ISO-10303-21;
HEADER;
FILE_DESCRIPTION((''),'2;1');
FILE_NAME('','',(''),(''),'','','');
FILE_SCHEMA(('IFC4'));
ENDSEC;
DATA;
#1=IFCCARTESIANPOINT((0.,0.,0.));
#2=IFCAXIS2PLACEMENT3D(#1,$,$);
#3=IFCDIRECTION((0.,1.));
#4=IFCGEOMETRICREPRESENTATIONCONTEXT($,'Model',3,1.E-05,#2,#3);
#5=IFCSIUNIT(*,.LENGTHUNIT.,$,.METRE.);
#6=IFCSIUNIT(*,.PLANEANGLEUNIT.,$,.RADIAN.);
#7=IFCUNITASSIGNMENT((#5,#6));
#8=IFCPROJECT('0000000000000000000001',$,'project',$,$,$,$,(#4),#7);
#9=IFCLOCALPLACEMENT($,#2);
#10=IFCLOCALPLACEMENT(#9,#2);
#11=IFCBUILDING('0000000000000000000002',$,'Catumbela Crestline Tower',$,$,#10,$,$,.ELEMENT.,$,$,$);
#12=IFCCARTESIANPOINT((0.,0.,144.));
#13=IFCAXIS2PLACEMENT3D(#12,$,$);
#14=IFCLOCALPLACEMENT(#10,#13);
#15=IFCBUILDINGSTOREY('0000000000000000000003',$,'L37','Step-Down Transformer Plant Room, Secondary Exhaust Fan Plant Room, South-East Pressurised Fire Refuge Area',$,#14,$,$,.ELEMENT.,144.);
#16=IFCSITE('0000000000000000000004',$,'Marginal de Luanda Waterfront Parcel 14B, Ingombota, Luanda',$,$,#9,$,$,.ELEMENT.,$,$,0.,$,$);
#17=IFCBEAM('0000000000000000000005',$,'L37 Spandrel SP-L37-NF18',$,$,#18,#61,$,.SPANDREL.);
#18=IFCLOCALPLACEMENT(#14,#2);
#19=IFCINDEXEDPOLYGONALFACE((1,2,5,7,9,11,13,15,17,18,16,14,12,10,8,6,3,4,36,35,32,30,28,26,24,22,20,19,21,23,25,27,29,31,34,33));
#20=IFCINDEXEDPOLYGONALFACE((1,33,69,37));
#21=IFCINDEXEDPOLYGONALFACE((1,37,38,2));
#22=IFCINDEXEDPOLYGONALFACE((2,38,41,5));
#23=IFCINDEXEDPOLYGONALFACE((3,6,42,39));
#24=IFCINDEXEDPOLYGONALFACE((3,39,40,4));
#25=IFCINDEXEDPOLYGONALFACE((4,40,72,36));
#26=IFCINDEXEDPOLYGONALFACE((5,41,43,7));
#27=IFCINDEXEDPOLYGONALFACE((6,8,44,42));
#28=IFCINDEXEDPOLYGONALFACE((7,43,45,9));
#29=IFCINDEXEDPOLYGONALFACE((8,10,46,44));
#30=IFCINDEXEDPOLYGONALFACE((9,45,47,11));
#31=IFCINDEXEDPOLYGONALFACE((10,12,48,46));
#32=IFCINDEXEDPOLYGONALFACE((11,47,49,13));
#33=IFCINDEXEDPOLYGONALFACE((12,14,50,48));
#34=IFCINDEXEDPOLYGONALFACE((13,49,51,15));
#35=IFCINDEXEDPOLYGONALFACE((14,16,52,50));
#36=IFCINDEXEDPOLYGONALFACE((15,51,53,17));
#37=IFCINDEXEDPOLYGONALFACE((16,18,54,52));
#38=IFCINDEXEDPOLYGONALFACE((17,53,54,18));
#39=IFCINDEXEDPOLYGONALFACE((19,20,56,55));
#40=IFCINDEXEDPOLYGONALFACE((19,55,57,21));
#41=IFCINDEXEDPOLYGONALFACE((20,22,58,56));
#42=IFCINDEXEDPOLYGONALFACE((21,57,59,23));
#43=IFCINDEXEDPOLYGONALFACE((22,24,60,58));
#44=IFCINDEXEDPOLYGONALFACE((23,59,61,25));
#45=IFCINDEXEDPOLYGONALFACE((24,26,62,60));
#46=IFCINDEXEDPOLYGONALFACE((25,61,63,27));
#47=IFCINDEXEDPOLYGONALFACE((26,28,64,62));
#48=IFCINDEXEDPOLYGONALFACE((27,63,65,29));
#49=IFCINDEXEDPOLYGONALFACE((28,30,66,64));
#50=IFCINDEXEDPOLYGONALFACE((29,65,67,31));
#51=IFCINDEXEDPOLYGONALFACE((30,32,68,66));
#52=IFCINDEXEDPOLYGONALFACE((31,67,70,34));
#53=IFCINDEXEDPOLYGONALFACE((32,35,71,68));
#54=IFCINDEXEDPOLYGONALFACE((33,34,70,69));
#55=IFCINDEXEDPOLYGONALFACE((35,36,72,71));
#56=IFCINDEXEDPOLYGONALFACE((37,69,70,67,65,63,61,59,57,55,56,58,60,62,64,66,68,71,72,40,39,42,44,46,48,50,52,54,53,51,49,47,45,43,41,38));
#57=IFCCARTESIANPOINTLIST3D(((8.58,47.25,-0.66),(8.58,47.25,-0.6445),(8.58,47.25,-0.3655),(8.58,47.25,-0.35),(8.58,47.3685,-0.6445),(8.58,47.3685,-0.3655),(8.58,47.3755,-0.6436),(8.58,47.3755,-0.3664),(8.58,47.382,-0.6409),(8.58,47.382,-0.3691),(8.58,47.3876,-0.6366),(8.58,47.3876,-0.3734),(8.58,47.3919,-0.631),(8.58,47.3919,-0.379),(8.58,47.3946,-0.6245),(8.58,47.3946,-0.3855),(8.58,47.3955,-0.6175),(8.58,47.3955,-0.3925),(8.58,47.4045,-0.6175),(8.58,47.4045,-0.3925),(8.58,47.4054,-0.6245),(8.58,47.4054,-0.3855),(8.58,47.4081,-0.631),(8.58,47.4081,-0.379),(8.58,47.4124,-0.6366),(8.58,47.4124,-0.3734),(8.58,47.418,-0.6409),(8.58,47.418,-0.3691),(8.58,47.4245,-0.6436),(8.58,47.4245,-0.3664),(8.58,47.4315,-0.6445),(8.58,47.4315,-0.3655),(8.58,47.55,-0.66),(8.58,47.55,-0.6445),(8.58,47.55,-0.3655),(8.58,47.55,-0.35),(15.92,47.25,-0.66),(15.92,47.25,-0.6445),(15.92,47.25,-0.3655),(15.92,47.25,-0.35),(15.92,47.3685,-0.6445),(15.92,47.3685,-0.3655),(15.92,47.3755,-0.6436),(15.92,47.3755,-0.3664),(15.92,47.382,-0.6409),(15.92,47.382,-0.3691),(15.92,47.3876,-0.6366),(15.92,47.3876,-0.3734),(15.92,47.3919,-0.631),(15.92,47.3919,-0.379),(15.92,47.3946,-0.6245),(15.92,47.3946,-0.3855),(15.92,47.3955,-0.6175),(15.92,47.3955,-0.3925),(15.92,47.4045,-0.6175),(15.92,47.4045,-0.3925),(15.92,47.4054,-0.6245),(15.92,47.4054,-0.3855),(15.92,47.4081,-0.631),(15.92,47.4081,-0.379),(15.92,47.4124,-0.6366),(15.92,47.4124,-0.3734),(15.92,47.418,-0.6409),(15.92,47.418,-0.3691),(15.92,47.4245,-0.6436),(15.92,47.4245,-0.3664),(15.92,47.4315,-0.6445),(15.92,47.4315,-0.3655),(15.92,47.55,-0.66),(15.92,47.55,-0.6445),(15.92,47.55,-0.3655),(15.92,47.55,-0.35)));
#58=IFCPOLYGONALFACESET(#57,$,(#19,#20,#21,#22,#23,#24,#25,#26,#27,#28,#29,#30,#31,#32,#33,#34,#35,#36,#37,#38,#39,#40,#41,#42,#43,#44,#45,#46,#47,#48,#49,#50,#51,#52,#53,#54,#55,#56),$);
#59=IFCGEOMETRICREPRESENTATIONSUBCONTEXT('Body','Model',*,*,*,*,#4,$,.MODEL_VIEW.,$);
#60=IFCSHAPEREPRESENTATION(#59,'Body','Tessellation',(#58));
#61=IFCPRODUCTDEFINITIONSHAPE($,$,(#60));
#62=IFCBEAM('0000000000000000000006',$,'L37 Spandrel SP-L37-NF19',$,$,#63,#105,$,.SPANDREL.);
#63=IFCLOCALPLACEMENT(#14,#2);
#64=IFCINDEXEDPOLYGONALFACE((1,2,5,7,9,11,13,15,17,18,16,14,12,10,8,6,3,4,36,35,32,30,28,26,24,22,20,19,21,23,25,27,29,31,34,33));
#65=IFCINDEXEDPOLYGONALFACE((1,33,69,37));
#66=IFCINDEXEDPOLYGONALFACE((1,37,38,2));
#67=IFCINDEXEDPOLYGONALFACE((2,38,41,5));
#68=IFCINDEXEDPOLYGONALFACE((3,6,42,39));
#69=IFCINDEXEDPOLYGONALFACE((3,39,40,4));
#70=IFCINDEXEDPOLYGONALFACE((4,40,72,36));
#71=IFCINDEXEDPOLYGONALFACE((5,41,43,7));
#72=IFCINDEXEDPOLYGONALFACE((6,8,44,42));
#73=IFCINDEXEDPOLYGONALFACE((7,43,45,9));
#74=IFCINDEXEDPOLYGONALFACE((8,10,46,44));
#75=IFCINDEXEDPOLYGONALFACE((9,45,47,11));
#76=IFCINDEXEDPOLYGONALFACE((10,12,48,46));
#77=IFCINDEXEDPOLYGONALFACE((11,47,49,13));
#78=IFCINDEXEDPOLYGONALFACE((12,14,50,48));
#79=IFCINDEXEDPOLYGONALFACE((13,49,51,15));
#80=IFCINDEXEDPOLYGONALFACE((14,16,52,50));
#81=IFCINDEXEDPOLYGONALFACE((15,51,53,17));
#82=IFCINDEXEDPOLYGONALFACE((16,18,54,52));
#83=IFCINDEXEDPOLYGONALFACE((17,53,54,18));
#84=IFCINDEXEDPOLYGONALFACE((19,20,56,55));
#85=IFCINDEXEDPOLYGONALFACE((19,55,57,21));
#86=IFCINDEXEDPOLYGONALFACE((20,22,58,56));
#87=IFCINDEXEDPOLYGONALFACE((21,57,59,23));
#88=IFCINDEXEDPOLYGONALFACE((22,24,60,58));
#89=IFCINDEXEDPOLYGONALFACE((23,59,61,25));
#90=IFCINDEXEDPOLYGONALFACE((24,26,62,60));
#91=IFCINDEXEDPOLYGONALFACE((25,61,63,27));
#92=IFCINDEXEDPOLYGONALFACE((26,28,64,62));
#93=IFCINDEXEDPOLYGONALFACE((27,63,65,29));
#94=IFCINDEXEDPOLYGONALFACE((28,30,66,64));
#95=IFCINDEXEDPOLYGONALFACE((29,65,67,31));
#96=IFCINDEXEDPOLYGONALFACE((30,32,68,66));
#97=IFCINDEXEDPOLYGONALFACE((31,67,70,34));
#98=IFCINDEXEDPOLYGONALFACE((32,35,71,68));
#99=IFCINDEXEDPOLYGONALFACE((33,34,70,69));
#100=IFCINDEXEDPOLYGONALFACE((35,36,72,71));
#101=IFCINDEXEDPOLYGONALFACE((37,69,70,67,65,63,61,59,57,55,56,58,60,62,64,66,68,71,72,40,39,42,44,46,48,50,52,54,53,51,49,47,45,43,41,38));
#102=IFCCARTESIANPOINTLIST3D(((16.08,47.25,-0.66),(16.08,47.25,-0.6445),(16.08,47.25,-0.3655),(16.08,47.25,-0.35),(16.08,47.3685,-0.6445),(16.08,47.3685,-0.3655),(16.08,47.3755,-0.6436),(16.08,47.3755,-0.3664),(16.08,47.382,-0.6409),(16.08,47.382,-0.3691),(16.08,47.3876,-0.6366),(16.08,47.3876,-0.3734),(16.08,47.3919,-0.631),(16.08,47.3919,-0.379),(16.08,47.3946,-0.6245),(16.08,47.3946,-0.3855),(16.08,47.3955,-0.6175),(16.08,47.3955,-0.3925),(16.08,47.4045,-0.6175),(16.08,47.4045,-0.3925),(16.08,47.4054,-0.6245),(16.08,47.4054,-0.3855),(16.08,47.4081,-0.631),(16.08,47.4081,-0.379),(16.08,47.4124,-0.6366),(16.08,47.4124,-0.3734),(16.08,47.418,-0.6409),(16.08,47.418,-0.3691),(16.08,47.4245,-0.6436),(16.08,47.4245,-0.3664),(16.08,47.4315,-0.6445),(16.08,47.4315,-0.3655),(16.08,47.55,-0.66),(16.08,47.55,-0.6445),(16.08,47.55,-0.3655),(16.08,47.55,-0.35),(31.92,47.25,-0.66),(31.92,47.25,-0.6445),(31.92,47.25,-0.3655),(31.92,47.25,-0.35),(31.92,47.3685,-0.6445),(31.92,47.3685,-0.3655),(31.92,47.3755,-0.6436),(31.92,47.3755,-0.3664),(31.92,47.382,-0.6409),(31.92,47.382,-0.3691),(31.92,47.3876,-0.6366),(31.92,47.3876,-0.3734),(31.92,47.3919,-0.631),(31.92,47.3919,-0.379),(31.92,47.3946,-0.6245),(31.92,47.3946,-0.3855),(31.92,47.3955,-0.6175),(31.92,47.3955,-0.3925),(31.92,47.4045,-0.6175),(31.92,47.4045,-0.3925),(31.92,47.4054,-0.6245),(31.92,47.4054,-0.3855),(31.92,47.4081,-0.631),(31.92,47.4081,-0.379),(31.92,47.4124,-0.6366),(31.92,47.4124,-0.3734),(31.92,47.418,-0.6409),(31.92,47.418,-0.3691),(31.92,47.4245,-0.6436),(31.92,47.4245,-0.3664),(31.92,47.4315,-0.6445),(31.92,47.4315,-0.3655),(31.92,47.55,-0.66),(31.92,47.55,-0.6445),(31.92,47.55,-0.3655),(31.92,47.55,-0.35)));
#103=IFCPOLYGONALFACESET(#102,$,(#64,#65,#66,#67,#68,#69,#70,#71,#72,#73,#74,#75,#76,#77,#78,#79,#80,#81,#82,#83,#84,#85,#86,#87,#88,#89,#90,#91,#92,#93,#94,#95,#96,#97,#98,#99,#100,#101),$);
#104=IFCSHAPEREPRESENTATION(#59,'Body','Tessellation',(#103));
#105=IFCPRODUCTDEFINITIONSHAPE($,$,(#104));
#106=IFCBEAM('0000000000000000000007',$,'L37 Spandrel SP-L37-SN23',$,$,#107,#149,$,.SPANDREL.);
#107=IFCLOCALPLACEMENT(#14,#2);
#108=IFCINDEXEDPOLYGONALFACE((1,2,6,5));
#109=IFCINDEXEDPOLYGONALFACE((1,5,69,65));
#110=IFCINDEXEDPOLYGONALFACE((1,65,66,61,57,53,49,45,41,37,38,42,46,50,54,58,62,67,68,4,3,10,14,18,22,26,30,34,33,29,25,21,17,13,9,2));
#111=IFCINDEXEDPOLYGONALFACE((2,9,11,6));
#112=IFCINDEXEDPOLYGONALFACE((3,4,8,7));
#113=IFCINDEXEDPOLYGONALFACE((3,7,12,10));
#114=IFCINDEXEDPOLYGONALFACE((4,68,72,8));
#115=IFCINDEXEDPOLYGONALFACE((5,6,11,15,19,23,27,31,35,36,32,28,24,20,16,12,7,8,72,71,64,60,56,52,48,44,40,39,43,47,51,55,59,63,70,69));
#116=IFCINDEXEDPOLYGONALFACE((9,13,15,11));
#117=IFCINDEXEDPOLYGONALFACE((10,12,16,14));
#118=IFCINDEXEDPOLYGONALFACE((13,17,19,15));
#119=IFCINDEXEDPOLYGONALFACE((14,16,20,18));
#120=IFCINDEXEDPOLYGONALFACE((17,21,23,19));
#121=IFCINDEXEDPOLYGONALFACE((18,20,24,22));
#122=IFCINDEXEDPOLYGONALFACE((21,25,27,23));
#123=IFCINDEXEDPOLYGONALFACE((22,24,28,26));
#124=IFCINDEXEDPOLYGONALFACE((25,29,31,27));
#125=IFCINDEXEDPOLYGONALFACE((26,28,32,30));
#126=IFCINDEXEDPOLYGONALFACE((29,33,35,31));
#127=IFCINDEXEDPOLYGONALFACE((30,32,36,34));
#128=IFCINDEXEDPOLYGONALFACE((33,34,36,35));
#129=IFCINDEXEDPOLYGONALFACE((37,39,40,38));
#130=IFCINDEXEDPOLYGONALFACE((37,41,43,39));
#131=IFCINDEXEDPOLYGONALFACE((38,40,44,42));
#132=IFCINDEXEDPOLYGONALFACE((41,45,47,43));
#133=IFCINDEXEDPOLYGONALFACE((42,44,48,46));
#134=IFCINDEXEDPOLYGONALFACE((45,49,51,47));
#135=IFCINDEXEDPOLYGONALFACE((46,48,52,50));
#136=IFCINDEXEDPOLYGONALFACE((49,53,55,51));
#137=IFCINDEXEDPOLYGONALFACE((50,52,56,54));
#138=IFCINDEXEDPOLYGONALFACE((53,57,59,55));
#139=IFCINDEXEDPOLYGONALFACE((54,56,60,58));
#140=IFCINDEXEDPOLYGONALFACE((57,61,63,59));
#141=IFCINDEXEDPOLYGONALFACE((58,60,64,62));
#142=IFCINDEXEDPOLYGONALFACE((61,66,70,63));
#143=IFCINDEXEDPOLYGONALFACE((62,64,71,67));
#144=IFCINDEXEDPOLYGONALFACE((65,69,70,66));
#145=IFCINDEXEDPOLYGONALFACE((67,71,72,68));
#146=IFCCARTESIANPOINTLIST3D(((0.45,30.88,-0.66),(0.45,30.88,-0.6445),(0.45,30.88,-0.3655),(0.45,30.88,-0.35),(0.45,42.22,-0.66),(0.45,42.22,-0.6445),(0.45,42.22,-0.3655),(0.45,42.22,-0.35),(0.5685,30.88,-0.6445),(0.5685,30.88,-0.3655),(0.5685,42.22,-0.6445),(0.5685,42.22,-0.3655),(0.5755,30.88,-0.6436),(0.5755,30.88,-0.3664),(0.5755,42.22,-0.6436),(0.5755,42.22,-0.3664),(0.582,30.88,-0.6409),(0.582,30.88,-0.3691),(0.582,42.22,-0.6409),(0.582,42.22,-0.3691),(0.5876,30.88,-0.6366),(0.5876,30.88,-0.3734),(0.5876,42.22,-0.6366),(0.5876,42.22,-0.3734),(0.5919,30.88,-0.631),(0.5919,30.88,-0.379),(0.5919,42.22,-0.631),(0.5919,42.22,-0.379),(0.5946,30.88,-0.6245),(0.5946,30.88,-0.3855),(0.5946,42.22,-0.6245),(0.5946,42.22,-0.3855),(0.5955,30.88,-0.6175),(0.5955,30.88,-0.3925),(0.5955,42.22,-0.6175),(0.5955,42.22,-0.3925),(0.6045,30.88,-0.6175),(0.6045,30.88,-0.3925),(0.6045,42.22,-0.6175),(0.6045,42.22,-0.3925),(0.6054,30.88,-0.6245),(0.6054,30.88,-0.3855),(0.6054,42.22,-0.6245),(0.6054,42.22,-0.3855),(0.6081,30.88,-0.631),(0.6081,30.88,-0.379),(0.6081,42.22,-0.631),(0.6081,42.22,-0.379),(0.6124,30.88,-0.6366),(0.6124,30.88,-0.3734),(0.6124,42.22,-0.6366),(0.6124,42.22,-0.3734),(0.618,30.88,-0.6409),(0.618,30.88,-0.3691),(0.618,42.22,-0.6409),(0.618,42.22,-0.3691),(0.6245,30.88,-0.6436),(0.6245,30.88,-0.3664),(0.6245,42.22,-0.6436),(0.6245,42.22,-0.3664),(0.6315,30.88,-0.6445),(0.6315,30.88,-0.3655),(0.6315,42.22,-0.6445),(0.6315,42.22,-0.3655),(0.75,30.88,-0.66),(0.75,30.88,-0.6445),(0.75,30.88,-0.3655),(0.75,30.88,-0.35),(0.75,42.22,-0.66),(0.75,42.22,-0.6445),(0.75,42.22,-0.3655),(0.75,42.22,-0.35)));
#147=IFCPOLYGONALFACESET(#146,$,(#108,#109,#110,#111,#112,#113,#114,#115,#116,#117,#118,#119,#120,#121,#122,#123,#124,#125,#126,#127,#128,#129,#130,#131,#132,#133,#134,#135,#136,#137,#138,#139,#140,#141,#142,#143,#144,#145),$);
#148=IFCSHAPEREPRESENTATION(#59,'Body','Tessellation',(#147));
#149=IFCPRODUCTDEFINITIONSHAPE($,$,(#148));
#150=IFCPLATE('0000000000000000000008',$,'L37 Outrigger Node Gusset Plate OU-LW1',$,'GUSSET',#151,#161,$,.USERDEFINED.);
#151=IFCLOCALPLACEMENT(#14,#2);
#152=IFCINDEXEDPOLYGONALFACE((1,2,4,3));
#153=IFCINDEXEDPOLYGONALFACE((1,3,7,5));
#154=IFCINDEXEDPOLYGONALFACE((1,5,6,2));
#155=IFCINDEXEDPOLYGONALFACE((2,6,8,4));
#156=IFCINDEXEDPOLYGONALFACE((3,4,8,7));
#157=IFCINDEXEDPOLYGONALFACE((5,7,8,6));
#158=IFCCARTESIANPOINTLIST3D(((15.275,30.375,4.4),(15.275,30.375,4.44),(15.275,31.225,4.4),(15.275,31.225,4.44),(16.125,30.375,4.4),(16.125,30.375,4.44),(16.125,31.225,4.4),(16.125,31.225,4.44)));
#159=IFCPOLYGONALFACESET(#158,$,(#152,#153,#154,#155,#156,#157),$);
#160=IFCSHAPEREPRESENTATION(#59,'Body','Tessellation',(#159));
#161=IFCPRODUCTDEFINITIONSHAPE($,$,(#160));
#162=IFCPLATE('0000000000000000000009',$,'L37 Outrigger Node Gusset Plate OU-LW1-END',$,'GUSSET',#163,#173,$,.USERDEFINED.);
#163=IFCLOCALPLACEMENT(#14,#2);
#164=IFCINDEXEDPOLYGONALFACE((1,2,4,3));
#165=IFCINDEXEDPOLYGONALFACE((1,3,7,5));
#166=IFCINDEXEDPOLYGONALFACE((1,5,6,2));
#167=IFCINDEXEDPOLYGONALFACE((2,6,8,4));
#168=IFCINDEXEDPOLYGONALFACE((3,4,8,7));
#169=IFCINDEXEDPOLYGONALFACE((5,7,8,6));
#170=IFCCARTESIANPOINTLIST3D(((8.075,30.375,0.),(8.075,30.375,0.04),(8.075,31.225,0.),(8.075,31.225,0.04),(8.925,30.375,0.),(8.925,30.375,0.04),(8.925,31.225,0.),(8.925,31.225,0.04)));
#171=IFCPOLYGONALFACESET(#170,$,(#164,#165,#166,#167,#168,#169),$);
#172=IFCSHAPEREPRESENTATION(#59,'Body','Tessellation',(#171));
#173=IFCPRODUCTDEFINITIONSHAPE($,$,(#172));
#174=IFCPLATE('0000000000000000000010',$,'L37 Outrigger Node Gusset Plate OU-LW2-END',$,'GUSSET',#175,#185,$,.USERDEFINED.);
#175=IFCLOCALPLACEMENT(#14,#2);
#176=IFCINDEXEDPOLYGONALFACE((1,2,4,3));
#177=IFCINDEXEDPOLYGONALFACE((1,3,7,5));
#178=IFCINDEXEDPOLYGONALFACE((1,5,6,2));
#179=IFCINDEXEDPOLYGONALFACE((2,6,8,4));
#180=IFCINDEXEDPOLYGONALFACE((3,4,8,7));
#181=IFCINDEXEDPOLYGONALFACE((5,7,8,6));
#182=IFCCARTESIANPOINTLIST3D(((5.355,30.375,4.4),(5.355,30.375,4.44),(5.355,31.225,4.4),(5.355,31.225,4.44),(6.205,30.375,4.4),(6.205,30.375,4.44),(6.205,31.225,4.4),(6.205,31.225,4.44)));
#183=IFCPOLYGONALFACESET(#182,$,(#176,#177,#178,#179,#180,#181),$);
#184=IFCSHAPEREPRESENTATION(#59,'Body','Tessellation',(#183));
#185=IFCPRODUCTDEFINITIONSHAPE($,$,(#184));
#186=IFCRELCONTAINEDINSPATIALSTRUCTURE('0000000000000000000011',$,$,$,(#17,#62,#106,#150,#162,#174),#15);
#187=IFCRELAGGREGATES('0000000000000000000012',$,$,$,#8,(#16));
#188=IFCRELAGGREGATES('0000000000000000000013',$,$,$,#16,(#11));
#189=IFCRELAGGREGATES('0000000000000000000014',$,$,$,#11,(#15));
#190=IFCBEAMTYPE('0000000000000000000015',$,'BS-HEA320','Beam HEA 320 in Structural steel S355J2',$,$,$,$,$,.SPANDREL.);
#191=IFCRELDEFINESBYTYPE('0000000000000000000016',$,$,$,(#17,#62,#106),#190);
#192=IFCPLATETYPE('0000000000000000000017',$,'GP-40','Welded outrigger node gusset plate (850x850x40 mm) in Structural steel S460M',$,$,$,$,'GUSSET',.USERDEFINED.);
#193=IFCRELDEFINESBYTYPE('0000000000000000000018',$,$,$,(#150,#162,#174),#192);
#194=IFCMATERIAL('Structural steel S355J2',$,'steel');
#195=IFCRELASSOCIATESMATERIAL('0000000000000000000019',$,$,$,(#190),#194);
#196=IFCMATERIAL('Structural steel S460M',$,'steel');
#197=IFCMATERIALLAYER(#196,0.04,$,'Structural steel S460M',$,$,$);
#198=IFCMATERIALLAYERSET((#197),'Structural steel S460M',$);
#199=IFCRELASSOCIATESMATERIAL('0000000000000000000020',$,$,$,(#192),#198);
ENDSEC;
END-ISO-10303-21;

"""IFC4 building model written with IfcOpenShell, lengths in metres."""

from ifc_helpers import new_model, si_unit, direction, frame, origin, origin_2d, place, context, subcontext, project, spatial, rectangle, i_section, extrude, material, layer, layer_set, material_profile, profile_set, type_object, element, save


model = new_model("IFC4")

# Units and contexts
model_context = context("Model", 3, precision=1e-05, world=origin(), true_north=direction((0.0, 1.0)))
body_context = subcontext(model_context, "Body", "Model", "MODEL_VIEW")
ifc_project = project(units=[si_unit("LENGTHUNIT", "METRE"), si_unit("PLANEANGLEUNIT", "RADIAN")], contexts=[model_context])

# Site, building, storey
site_placement = place(None, origin())
site = spatial("IfcSite", under=ifc_project, at=site_placement, Name="Marginal de Luanda Waterfront Parcel 14B, Ingombota, Luanda", CompositionType="ELEMENT", RefElevation=0.0)
building_placement = place(site_placement, origin())
building = spatial("IfcBuilding", under=site, at=building_placement, Name="Catumbela Crestline Tower", CompositionType="ELEMENT")
storey_placement = place(building_placement, frame((0.0, 0.0, 144.0)))
storey = spatial("IfcBuildingStorey", under=building, at=storey_placement, Name="L37", Description="Step-Down Transformer Plant Room, Secondary Exhaust Fan Plant Room, South-East Pressurised Fire Refuge Area", CompositionType="ELEMENT", Elevation=144.0)

# Shared definitions
ifc_material_1 = material(Name="Structural steel S460M", Category="steel")

# Shared definitions
ifc_material_2 = material(Name="Structural steel S355J2", Category="steel")

# Beams
ifc_material_profile_1 = material_profile(ifc_material_2, i_section(OverallWidth=0.3, OverallDepth=0.31, WebThickness=0.009, FlangeThickness=0.0155, FilletRadius=0.027, at=origin_2d()), Name="HEA 320")
ifc_profile_set_1 = profile_set([ifc_material_profile_1], Name="Structural steel S355J2")
beam_type_1 = type_object("IfcBeamType", Name="BS-HEA320", Description="Beam HEA 320 in Structural steel S355J2", PredefinedType="SPANDREL", material=ifc_profile_set_1)
beam_1_placement = place(storey_placement, frame((8.58, 47.4, -0.505), z_axis=(1.0, 0.0, 0.0), x_axis=(0.0, 1.0, 0.0)))
element("IfcBeam", 1, at=beam_1_placement, inside=storey, type_object=beam_type_1, Name="L37 Spandrel SP-L37-NF18", PredefinedType="SPANDREL", context=body_context, shape_type="SweptSolid", body=[
    extrude(i_section(OverallWidth=0.3, OverallDepth=0.31, WebThickness=0.009, FlangeThickness=0.0155, FilletRadius=0.027, at=origin_2d()), origin(), (0.0, 0.0, 1.0), 7.34),
])
beam_2_placement = place(storey_placement, frame((16.08, 47.4, -0.505), z_axis=(1.0, 0.0, 0.0), x_axis=(0.0, 1.0, 0.0)))
element("IfcBeam", 2, at=beam_2_placement, inside=storey, type_object=beam_type_1, Name="L37 Spandrel SP-L37-NF19", PredefinedType="SPANDREL", context=body_context, shape_type="SweptSolid", body=[
    extrude(i_section(OverallWidth=0.3, OverallDepth=0.31, WebThickness=0.009, FlangeThickness=0.0155, FilletRadius=0.027, at=origin_2d()), origin(), (0.0, 0.0, 1.0), 15.84),
])
beam_3_placement = place(storey_placement, frame((0.6, 30.88, -0.505), z_axis=(0.0, 1.0, 0.0), x_axis=(-1.0, 0.0, 0.0)))
element("IfcBeam", 3, at=beam_3_placement, inside=storey, type_object=beam_type_1, Name="L37 Spandrel SP-L37-SN23", PredefinedType="SPANDREL", context=body_context, shape_type="SweptSolid", body=[
    extrude(i_section(OverallWidth=0.3, OverallDepth=0.31, WebThickness=0.009, FlangeThickness=0.0155, FilletRadius=0.027, at=origin_2d()), origin(), (0.0, 0.0, 1.0), 11.34),
])

# Plates
ifc_layer_1 = layer(ifc_material_1, 0.04, Name="Structural steel S460M")
ifc_layer_set_1 = layer_set([ifc_layer_1], Name="Structural steel S460M")
plate_type = type_object("IfcPlateType", Name="GP-40", Description="Welded outrigger node gusset plate (850x850x40 mm) in Structural steel S460M", ElementType="GUSSET", PredefinedType="USERDEFINED", material=ifc_layer_set_1)
for number, where, z_axis, x_axis, name in (
    (4, (15.7, 30.8, 4.4), (0.0, 0.0, 1.0), (1.0, 0.0, 0.0), "L37 Outrigger Node Gusset Plate OU-LW1"),
    (5, (8.5, 30.8, 0.0), (0.0, 0.0, 1.0), (1.0, 0.0, 0.0), "L37 Outrigger Node Gusset Plate OU-LW1-END"),
    (6, (5.78, 30.8, 4.4), (0.0, 0.0, 1.0), (1.0, 0.0, 0.0), "L37 Outrigger Node Gusset Plate OU-LW2-END"),
):
    element("IfcPlate", number, at=place(storey_placement, frame(where, z_axis=z_axis, x_axis=x_axis)), inside=storey, type_object=plate_type, Name=name, ObjectType="GUSSET", PredefinedType="USERDEFINED", context=body_context, shape_type="SweptSolid", body=[
        extrude(rectangle(XDim=0.85, YDim=0.85, at=origin_2d()), origin(), (0.0, 0.0, 1.0), 0.04),
    ])

save(model, "model.ifc")
